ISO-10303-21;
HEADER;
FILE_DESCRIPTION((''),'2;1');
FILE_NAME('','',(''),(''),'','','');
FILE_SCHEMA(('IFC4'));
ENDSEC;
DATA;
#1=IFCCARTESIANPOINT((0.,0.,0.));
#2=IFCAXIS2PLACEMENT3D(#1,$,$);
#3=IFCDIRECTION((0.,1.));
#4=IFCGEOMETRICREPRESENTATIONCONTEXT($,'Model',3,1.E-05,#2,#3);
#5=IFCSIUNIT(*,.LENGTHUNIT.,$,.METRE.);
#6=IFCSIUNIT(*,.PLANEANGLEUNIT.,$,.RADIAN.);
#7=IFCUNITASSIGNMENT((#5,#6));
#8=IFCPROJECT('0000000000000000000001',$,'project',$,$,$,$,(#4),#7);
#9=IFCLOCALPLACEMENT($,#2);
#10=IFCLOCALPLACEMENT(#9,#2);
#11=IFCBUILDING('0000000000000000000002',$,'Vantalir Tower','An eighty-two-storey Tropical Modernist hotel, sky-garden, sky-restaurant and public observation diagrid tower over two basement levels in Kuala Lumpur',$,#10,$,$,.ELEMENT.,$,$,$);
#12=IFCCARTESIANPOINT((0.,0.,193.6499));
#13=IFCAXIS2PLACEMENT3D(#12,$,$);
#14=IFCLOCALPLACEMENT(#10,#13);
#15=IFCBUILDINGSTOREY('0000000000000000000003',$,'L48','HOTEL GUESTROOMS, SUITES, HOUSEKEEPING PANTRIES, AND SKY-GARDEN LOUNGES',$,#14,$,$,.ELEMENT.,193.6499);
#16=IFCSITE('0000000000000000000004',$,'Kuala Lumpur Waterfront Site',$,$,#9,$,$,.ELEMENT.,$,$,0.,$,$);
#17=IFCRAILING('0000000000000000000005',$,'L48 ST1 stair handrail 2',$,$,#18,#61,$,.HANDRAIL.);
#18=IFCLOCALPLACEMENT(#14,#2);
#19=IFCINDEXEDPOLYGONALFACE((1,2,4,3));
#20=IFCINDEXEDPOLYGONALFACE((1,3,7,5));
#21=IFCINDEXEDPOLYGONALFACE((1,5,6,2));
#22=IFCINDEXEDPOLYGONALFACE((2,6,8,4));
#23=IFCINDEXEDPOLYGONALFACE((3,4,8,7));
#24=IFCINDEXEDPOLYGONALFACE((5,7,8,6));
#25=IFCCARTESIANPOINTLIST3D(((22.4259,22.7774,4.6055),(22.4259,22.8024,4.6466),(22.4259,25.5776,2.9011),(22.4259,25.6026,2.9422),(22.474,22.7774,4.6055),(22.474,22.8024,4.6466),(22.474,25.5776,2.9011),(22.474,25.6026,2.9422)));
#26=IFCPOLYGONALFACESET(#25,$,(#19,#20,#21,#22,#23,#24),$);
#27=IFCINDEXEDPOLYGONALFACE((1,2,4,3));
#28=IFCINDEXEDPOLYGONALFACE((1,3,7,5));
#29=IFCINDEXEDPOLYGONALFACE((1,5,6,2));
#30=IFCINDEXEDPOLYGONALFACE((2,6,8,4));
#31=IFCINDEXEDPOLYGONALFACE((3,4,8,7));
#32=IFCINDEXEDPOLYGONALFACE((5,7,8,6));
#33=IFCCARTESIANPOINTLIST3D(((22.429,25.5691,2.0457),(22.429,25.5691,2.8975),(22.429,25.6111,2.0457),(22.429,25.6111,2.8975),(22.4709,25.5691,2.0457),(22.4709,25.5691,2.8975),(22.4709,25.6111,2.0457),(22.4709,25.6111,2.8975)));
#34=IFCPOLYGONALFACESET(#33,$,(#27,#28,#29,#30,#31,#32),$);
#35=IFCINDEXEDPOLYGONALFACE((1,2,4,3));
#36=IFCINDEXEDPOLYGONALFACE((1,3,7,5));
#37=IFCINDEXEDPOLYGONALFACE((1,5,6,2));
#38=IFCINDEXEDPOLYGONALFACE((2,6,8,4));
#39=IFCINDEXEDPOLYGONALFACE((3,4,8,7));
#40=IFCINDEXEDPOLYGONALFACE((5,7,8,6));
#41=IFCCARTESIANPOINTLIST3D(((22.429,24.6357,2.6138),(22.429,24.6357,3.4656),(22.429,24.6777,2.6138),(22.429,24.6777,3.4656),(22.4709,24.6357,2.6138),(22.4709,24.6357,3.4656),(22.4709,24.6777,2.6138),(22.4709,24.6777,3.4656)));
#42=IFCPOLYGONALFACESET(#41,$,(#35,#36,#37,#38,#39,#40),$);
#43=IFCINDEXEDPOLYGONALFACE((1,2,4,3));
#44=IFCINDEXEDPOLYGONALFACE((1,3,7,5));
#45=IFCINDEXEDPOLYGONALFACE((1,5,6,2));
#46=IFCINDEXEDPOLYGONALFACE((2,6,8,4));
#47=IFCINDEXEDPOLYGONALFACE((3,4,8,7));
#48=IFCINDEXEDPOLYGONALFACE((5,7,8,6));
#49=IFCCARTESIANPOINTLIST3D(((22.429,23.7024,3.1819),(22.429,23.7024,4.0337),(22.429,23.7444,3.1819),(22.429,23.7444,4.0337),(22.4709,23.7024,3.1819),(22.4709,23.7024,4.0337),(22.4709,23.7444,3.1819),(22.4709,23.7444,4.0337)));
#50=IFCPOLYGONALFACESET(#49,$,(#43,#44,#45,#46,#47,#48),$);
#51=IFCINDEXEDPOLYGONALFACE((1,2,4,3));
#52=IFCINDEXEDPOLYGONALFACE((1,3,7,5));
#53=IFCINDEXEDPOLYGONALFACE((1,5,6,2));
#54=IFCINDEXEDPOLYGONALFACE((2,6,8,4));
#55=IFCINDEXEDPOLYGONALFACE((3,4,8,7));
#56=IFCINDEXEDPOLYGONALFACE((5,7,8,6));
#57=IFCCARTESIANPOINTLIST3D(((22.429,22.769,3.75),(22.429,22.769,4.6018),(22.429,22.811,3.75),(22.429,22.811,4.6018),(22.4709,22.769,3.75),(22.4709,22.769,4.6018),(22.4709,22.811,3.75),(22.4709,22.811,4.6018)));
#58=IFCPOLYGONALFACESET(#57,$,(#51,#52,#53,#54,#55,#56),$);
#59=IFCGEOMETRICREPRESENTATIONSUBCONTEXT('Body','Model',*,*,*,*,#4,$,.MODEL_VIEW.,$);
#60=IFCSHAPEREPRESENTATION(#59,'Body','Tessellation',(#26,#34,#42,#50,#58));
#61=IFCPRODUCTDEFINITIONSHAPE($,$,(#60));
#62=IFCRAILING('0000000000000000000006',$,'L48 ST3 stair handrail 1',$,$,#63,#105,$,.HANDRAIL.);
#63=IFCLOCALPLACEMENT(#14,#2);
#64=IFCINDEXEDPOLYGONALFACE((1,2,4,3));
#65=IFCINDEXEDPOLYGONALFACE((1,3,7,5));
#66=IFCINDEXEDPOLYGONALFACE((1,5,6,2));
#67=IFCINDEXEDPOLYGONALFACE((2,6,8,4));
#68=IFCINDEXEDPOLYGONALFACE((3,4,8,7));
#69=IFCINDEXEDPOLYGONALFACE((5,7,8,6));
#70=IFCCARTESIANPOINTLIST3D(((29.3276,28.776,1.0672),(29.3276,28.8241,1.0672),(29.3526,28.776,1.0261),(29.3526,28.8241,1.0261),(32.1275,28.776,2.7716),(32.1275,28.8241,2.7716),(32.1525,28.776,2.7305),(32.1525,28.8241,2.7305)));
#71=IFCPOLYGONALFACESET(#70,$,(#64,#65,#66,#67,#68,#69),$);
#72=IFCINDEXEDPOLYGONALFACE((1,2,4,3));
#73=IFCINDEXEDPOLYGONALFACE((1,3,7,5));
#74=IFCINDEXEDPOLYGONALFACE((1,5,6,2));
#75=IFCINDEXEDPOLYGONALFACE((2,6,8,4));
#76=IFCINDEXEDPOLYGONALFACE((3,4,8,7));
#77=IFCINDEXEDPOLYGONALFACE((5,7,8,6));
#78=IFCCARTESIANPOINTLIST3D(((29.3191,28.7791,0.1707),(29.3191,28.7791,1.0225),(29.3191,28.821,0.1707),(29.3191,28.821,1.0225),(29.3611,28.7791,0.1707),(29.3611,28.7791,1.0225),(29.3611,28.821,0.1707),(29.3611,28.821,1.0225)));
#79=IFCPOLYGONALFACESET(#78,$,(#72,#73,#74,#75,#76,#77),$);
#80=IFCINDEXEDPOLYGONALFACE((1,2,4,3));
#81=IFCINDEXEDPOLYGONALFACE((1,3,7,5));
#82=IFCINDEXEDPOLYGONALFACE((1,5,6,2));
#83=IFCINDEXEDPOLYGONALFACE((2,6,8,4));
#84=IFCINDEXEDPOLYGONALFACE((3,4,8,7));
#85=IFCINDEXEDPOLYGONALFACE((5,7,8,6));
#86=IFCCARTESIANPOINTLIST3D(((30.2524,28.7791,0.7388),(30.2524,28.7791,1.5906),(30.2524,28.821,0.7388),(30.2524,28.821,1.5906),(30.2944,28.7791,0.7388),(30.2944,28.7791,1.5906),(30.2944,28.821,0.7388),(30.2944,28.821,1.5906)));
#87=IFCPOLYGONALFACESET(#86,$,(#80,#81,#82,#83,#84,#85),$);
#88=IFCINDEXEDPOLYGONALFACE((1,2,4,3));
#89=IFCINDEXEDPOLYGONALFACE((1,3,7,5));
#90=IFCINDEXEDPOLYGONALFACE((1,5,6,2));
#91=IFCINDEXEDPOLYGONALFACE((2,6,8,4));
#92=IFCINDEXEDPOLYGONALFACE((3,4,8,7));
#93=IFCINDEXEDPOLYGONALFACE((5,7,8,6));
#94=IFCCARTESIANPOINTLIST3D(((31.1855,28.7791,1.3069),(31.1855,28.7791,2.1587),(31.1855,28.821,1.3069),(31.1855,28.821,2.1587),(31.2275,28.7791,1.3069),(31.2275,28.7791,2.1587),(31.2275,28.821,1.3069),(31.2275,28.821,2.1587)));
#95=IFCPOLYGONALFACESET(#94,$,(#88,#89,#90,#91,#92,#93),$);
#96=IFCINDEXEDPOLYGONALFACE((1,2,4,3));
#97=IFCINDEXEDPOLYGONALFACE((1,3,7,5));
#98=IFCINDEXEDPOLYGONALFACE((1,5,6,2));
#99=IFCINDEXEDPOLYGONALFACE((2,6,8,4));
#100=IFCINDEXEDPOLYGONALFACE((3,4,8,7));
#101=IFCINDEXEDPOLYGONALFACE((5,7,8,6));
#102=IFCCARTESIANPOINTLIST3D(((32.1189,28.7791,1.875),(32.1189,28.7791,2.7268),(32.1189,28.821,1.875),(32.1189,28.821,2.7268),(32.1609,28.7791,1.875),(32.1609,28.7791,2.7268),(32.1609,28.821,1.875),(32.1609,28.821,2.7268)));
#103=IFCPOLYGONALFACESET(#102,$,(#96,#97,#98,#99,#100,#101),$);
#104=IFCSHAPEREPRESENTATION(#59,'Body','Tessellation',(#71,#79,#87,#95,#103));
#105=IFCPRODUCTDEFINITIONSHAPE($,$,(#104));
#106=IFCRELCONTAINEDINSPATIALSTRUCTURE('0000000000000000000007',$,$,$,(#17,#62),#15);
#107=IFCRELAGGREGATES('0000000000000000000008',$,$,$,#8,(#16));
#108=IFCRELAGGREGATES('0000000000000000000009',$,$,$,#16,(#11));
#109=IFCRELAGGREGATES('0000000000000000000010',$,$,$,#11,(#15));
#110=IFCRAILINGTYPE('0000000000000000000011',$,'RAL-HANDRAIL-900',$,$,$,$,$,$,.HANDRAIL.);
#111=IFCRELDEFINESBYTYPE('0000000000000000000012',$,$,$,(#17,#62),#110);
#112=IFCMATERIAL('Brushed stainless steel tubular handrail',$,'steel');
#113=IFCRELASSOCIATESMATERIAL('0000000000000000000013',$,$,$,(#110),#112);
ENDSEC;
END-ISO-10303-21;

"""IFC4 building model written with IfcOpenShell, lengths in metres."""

from ifc_helpers import new_model, si_unit, direction, frame, origin, origin_2d, place, context, subcontext, project, spatial, rectangle, extrude, material, type_object, element, save


model = new_model("IFC4")

# Units and contexts
model_context = context("Model", 3, precision=1e-05, world=origin(), true_north=direction((0.0, 1.0)))
body_context = subcontext(model_context, "Body", "Model", "MODEL_VIEW")
ifc_project = project(units=[si_unit("LENGTHUNIT", "METRE"), si_unit("PLANEANGLEUNIT", "RADIAN")], contexts=[model_context])

# Site, building, storey
site_placement = place(None, origin())
site = spatial("IfcSite", under=ifc_project, at=site_placement, Name="Kuala Lumpur Waterfront Site", CompositionType="ELEMENT", RefElevation=0.0)
building_placement = place(site_placement, origin())
building = spatial("IfcBuilding", under=site, at=building_placement, Name="Vantalir Tower", Description="An eighty-two-storey Tropical Modernist hotel, sky-garden, sky-restaurant and public observation diagrid tower over two basement levels in Kuala Lumpur", CompositionType="ELEMENT")
storey_placement = place(building_placement, frame((0.0, 0.0, 193.6499)))
storey = spatial("IfcBuildingStorey", under=building, at=storey_placement, Name="L48", Description="HOTEL GUESTROOMS, SUITES, HOUSEKEEPING PANTRIES, AND SKY-GARDEN LOUNGES", CompositionType="ELEMENT", Elevation=193.6499)

# Railings
ifc_material_1 = material(Name="Brushed stainless steel tubular handrail", Category="steel")
railing_type_1 = type_object("IfcRailingType", Name="RAL-HANDRAIL-900", PredefinedType="HANDRAIL", material=ifc_material_1)
railing_1_placement = place(storey_placement, frame((22.45, 25.5901, 2.0457)))
element("IfcRailing", 1, at=railing_1_placement, inside=storey, type_object=railing_type_1, Name="L48 ST1 stair handrail 2", PredefinedType="HANDRAIL", context=body_context, shape_type="SweptSolid", body=[
    extrude(rectangle(XDim=0.0481, YDim=0.0481, at=origin_2d()), frame((0.0, 0.0, 0.876), z_axis=(0.0, -0.854203, 0.51994), x_axis=(1.0, 0.0, 0.0)), (0.0, 0.0, 1.0), 3.2781),
    extrude(rectangle(XDim=0.042, YDim=0.042, at=origin_2d()), origin(), (0.0, 0.0, 1.0), 0.8518),
    extrude(rectangle(XDim=0.042, YDim=0.042, at=origin_2d()), frame((0.0, -0.9333, 0.5681)), (0.0, 0.0, 1.0), 0.8518),
    extrude(rectangle(XDim=0.042, YDim=0.042, at=origin_2d()), frame((0.0, -1.8667, 1.1362)), (0.0, 0.0, 1.0), 0.8518),
    extrude(rectangle(XDim=0.042, YDim=0.042, at=origin_2d()), frame((0.0, -2.8, 1.7043)), (0.0, 0.0, 1.0), 0.8518),
])
railing_2_placement = place(storey_placement, frame((29.3401, 28.8, 0.1707)))
element("IfcRailing", 2, at=railing_2_placement, inside=storey, type_object=railing_type_1, Name="L48 ST3 stair handrail 1", PredefinedType="HANDRAIL", context=body_context, shape_type="SweptSolid", body=[
    extrude(rectangle(XDim=0.0481, YDim=0.0481, at=origin_2d()), frame((0.0, 0.0, 0.876), z_axis=(0.854183, 0.0, 0.519973), x_axis=(0.0, 1.0, 0.0)), (0.0, 0.0, 1.0), 3.2778),
    extrude(rectangle(XDim=0.042, YDim=0.042, at=origin_2d()), origin(), (0.0, 0.0, 1.0), 0.8518),
    extrude(rectangle(XDim=0.042, YDim=0.042, at=origin_2d()), frame((0.9333, 0.0, 0.5681)), (0.0, 0.0, 1.0), 0.8518),
    extrude(rectangle(XDim=0.042, YDim=0.042, at=origin_2d()), frame((1.8665, 0.0, 1.1362)), (0.0, 0.0, 1.0), 0.8518),
    extrude(rectangle(XDim=0.042, YDim=0.042, at=origin_2d()), frame((2.7998, 0.0, 1.7043)), (0.0, 0.0, 1.0), 0.8518),
])

save(model, "model.ifc")
